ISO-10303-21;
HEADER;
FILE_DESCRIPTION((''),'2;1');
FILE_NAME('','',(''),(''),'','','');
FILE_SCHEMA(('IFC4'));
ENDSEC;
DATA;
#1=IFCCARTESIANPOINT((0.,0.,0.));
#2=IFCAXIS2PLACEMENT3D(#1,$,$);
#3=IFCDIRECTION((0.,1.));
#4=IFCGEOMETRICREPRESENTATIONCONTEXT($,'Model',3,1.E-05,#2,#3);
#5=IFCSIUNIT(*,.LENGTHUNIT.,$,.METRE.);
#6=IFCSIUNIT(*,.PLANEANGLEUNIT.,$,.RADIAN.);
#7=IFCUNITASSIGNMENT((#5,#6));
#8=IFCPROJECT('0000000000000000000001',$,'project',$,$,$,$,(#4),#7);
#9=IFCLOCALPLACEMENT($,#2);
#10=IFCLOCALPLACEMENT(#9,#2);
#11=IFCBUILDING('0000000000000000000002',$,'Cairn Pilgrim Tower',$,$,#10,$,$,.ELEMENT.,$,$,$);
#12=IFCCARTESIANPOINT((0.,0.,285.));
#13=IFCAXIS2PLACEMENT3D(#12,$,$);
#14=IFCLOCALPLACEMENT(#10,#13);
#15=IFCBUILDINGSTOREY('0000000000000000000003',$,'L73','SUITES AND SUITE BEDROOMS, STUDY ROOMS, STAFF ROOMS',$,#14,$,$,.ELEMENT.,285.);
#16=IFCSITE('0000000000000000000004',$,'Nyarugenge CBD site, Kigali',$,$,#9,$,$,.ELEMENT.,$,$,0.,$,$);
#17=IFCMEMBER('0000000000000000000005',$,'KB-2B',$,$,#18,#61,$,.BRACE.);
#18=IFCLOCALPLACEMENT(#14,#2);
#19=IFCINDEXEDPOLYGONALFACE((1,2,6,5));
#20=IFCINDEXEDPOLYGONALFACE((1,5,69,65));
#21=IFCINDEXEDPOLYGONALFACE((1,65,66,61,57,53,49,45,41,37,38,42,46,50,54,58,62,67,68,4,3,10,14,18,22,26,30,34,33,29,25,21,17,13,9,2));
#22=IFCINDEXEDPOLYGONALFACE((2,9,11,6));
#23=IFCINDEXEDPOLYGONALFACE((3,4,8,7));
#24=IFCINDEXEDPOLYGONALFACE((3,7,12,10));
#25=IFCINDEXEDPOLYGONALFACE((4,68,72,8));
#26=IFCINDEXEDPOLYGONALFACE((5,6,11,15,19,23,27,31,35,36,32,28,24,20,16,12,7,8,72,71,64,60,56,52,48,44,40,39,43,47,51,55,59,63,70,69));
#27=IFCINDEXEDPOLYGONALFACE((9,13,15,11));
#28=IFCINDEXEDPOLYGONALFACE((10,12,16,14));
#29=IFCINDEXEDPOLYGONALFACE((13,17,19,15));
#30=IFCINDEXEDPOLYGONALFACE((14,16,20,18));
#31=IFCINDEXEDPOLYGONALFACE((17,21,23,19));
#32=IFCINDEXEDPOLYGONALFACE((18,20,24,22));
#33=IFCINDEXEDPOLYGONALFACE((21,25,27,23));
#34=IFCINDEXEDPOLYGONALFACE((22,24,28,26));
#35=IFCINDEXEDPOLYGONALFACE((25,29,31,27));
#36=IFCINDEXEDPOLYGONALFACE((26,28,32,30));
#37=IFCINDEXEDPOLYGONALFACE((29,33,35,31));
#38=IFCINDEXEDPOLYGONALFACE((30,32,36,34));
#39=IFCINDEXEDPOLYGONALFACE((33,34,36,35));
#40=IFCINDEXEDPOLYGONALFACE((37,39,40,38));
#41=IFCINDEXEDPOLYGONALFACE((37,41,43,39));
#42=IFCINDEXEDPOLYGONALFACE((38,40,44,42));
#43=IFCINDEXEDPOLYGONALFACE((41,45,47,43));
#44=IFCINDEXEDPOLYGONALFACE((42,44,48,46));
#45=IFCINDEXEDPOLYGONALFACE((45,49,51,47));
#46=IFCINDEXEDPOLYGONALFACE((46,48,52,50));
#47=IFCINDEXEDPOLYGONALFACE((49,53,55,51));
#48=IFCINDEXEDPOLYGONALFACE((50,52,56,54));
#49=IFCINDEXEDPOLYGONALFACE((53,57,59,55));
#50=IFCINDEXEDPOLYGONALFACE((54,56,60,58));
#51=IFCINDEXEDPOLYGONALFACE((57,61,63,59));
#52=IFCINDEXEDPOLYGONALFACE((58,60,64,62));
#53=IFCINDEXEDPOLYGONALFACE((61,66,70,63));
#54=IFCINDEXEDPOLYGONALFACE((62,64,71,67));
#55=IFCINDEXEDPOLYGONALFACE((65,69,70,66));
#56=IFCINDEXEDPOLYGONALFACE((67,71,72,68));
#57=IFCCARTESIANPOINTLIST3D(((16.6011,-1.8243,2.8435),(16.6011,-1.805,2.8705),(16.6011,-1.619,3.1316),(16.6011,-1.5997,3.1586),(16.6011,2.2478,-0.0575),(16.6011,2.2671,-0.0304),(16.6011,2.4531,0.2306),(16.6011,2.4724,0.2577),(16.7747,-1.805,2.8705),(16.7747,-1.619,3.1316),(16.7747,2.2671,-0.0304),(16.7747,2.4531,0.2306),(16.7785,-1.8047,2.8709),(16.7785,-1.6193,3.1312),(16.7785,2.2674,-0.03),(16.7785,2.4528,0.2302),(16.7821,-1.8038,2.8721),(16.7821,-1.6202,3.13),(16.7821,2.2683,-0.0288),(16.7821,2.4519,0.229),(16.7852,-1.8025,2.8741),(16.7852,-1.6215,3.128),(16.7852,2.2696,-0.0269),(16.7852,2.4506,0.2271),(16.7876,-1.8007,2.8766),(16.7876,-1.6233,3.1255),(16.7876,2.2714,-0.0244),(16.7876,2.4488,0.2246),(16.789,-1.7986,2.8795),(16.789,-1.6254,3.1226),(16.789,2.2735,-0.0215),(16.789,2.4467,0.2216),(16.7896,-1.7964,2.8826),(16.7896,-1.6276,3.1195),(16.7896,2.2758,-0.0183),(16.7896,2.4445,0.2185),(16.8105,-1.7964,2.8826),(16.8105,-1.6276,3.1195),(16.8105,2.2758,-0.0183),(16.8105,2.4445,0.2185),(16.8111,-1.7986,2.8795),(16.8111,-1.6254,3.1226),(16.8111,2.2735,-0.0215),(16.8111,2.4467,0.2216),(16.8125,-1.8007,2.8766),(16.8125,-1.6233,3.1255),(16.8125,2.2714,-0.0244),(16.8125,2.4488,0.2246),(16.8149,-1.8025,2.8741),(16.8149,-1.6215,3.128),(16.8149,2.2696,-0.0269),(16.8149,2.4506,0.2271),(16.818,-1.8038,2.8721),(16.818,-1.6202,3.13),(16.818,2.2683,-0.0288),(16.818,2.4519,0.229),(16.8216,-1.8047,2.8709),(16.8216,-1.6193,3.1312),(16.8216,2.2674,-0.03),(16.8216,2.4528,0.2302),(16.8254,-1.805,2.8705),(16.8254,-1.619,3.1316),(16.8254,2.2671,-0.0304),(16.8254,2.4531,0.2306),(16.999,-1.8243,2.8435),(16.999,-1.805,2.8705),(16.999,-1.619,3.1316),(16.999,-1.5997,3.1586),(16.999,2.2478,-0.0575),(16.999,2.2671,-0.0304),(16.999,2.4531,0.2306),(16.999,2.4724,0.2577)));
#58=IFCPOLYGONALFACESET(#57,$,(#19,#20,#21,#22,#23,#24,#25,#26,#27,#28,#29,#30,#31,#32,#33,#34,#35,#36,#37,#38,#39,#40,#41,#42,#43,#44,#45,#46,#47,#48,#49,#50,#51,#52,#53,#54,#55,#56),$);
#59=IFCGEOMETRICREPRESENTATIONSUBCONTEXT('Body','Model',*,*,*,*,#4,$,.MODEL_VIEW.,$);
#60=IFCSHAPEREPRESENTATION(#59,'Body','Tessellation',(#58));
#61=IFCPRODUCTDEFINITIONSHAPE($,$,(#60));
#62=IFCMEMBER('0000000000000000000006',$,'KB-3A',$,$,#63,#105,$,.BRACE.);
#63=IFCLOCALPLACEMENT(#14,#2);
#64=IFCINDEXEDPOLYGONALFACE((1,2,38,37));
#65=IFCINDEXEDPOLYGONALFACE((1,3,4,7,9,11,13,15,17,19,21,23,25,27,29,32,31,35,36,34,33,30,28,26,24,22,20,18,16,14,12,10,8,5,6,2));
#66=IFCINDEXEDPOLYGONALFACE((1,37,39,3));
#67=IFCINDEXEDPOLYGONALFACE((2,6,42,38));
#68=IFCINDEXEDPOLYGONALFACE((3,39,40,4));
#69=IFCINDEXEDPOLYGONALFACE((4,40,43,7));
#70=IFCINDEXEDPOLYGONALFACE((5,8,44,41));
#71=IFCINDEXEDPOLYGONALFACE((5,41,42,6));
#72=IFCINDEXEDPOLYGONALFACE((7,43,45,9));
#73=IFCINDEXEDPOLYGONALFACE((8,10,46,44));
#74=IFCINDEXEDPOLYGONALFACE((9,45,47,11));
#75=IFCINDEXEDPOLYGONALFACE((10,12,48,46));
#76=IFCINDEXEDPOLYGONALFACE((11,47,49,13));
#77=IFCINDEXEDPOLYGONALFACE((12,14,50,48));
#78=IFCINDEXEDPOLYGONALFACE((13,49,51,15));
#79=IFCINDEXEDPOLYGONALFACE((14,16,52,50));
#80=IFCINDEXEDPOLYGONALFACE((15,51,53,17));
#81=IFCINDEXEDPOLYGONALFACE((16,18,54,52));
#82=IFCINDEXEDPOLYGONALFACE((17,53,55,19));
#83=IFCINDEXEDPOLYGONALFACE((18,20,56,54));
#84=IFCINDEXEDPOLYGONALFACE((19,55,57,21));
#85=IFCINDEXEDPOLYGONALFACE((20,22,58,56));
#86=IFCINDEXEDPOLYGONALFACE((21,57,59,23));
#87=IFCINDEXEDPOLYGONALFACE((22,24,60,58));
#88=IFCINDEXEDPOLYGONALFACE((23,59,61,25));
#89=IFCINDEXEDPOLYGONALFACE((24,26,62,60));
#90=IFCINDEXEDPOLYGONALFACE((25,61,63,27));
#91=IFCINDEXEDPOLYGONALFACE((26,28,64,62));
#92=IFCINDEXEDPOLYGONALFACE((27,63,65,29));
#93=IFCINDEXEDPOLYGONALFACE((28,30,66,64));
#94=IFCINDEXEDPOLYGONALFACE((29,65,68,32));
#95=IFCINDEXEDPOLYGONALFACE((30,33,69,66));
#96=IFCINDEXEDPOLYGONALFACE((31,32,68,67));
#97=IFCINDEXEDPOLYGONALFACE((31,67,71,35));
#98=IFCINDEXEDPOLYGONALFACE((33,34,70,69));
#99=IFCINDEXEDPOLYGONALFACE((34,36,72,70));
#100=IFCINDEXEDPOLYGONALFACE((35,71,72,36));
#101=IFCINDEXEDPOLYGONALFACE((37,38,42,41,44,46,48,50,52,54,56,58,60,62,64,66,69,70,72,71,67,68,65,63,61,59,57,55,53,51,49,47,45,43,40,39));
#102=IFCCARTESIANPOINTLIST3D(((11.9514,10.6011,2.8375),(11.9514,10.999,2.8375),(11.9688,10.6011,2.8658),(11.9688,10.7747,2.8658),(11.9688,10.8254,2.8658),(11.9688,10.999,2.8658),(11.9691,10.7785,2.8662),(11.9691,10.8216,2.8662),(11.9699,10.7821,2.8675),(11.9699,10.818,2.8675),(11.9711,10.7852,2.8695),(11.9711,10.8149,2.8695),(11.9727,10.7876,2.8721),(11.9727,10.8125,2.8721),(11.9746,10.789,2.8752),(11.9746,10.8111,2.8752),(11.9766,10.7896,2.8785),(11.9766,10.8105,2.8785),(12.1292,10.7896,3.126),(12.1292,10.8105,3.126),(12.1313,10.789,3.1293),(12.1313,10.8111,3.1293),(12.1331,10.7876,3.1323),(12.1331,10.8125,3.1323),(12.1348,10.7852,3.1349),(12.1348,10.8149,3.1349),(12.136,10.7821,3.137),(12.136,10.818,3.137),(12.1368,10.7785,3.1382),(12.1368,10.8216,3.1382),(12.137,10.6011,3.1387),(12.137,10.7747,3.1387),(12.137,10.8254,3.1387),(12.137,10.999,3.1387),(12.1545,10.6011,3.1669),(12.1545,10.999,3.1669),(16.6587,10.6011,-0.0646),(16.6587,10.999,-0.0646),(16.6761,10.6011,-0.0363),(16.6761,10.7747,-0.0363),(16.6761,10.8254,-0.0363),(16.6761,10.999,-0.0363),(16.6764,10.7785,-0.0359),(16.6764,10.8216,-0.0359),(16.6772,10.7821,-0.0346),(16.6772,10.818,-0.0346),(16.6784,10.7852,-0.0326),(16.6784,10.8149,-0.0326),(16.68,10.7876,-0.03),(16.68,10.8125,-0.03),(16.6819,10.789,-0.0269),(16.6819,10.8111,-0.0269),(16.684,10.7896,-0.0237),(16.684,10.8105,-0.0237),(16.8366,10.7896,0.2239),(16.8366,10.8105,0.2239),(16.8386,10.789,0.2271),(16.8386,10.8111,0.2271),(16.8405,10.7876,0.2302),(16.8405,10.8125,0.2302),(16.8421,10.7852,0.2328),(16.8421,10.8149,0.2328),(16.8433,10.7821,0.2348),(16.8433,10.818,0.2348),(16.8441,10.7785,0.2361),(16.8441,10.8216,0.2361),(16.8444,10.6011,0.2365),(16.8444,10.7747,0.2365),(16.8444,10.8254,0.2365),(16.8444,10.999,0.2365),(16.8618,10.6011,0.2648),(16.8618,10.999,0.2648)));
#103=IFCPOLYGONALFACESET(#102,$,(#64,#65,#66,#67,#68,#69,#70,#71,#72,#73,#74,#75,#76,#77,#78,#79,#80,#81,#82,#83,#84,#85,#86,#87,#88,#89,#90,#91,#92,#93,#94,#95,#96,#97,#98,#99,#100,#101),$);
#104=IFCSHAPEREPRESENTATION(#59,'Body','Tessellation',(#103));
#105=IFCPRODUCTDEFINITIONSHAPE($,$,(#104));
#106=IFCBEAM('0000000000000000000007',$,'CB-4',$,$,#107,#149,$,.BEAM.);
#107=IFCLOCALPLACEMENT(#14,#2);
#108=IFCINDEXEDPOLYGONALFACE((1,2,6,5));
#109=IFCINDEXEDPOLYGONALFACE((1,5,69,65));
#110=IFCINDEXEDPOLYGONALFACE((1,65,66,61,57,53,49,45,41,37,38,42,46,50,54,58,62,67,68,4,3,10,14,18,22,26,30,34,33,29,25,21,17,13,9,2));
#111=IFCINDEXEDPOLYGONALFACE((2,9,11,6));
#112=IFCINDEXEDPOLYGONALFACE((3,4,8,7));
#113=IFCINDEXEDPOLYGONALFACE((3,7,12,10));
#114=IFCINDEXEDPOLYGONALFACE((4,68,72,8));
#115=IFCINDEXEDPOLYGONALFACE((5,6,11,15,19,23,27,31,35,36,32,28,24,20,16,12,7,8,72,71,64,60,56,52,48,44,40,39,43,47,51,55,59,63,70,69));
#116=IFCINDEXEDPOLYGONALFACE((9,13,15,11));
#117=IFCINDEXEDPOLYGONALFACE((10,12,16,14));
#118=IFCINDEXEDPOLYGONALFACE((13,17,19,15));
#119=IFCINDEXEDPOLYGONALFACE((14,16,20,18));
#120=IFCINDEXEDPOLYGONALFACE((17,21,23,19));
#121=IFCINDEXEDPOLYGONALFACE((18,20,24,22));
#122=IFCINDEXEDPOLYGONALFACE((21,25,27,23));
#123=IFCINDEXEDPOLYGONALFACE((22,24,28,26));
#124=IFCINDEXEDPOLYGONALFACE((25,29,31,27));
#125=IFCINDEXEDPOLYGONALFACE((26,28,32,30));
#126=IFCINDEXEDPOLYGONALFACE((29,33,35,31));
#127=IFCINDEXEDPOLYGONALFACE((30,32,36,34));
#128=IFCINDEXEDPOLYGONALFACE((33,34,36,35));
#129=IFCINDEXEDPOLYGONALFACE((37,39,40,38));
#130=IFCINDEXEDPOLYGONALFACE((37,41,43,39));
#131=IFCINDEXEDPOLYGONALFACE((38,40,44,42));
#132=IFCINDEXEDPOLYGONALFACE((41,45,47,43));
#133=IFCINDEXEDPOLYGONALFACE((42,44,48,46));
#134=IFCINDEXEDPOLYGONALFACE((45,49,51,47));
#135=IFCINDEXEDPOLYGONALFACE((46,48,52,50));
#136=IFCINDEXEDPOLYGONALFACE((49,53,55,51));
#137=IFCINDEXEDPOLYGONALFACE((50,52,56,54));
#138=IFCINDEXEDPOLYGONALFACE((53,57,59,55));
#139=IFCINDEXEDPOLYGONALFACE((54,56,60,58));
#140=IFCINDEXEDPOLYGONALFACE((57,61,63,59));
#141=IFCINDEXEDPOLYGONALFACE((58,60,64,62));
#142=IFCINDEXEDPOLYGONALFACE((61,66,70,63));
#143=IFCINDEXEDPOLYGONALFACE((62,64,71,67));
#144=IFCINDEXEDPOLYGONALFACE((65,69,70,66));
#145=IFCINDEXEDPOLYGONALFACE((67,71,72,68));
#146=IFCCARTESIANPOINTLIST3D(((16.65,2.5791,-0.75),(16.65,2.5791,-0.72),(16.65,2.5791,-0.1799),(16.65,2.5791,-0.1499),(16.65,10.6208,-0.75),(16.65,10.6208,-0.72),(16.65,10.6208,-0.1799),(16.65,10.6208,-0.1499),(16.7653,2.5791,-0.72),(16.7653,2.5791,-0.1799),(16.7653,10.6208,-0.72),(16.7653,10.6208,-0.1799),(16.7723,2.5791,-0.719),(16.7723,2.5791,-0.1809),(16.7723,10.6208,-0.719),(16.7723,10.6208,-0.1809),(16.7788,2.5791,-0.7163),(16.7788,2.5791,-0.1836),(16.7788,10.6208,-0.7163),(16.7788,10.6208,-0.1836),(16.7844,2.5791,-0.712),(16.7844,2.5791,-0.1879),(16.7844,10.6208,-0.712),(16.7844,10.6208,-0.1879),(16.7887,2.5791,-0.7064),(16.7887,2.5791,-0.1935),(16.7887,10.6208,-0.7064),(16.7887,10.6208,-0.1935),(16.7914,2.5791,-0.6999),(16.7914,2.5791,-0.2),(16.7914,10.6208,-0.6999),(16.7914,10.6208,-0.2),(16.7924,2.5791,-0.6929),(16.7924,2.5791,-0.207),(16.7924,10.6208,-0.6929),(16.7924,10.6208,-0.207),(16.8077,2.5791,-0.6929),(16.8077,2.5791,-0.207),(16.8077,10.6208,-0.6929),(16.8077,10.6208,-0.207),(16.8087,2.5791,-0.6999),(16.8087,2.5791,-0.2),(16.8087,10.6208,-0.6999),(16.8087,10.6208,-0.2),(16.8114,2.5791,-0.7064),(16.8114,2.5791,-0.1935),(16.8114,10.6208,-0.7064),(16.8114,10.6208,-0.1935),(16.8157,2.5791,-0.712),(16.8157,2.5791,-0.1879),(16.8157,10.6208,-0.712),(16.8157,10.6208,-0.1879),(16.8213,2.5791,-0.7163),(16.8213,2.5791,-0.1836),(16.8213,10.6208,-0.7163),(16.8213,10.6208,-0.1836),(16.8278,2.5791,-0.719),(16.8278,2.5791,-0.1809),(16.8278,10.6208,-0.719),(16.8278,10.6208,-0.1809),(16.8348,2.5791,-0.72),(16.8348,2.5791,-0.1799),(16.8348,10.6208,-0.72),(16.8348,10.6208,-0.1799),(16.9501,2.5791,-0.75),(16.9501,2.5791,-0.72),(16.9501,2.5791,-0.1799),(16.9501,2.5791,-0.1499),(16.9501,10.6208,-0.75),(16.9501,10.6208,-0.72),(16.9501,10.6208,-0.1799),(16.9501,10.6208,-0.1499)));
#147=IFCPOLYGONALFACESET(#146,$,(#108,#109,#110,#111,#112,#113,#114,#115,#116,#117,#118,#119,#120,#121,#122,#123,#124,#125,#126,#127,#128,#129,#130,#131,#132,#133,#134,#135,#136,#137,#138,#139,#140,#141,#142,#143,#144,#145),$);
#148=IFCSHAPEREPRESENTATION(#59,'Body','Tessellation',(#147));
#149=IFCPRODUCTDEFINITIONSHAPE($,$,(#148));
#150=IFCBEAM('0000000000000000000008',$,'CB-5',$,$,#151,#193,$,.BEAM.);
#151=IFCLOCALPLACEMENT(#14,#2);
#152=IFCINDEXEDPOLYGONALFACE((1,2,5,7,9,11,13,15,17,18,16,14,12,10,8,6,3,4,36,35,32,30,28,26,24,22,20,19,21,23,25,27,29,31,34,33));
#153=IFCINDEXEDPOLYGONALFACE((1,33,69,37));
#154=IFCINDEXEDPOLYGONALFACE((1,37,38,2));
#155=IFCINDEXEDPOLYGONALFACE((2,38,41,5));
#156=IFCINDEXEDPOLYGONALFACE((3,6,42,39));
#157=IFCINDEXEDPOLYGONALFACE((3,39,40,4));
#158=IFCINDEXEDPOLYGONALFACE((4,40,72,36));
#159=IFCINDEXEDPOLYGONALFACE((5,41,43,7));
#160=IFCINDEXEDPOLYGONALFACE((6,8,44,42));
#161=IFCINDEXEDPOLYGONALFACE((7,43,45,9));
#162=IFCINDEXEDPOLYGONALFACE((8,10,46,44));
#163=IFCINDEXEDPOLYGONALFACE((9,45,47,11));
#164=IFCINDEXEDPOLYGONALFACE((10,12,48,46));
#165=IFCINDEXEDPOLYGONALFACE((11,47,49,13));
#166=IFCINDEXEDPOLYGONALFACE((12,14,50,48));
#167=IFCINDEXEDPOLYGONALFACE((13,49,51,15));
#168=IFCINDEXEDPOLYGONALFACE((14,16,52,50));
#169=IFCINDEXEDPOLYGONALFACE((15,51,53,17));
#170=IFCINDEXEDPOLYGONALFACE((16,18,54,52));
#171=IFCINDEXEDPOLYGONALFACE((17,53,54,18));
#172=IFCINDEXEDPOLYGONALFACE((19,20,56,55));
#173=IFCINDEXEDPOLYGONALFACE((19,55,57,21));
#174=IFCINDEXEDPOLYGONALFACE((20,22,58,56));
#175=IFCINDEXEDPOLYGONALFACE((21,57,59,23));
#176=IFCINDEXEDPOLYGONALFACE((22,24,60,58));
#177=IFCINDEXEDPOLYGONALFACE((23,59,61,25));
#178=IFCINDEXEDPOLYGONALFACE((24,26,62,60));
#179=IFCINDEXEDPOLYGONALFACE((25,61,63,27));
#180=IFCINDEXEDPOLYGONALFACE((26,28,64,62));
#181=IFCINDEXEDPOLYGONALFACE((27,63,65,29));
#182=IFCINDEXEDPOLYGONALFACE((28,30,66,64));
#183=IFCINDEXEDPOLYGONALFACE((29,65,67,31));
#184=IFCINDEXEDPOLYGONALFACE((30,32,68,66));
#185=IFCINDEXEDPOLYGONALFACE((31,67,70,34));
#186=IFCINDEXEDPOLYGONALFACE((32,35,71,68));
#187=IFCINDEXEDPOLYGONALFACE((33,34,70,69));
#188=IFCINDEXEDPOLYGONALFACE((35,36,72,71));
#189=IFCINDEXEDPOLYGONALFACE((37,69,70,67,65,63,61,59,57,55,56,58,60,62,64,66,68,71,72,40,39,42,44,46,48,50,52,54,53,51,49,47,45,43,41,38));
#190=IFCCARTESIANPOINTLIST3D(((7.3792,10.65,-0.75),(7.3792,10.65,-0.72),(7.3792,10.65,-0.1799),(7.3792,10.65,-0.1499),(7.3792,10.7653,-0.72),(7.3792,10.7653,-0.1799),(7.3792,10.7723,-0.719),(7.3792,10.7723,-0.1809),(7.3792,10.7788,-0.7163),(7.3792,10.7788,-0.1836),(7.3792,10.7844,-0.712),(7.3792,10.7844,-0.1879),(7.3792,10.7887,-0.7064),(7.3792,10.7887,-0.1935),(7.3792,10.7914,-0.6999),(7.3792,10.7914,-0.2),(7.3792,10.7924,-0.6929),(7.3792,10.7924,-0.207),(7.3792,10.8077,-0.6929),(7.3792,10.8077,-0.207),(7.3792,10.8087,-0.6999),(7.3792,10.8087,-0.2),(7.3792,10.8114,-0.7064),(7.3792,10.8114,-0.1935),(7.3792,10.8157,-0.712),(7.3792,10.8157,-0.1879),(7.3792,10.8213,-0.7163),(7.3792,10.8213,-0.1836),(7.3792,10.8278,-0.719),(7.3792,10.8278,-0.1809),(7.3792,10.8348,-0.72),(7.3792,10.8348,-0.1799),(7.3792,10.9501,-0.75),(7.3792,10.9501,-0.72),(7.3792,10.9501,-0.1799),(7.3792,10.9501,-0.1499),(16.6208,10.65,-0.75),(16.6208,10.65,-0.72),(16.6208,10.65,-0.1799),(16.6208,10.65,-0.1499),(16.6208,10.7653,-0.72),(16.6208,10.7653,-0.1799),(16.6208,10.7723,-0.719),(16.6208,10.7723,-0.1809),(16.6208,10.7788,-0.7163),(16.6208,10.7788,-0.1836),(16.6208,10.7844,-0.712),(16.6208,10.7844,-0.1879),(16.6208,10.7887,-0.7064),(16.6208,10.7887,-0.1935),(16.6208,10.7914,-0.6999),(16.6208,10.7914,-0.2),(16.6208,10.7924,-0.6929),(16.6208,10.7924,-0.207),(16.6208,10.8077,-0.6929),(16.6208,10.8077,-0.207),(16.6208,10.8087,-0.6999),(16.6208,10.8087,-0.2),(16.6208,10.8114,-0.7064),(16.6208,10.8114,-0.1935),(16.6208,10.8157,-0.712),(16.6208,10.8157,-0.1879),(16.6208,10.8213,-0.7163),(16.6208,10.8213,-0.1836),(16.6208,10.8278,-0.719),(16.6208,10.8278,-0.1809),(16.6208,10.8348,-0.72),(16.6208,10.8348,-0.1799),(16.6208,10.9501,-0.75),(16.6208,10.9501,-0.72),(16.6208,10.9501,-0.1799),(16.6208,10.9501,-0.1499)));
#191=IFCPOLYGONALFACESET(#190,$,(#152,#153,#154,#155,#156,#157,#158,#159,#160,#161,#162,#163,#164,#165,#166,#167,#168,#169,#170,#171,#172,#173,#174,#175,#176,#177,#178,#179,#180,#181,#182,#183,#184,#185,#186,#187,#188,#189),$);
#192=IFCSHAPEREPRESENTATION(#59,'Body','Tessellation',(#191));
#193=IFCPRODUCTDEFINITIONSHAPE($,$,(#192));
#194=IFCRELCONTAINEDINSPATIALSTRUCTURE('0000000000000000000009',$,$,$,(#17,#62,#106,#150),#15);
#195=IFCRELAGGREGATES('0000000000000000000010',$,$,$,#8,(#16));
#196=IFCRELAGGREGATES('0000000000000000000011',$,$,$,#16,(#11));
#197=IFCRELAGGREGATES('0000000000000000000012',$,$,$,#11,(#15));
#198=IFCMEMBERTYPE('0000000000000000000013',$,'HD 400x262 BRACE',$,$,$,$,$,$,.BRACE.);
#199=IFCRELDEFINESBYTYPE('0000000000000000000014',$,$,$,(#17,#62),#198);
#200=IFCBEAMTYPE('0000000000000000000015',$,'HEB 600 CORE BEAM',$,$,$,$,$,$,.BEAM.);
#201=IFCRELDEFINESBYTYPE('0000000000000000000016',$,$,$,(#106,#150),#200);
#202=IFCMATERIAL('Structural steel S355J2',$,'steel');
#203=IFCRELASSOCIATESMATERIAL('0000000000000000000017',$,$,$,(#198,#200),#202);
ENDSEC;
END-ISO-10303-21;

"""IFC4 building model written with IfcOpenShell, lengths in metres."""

from ifc_helpers import new_model, si_unit, direction, frame, origin, origin_2d, place, context, subcontext, project, spatial, i_section, extrude, material, material_profile, profile_set, type_object, element, save


model = new_model("IFC4")

# Units and contexts
model_context = context("Model", 3, precision=1e-05, world=origin(), true_north=direction((0.0, 1.0)))
body_context = subcontext(model_context, "Body", "Model", "MODEL_VIEW")
ifc_project = project(units=[si_unit("LENGTHUNIT", "METRE"), si_unit("PLANEANGLEUNIT", "RADIAN")], contexts=[model_context])

# Site, building, storey
site_placement = place(None, origin())
site = spatial("IfcSite", under=ifc_project, at=site_placement, Name="Nyarugenge CBD site, Kigali", CompositionType="ELEMENT", RefElevation=0.0)
building_placement = place(site_placement, origin())
building = spatial("IfcBuilding", under=site, at=building_placement, Name="Cairn Pilgrim Tower", CompositionType="ELEMENT")
storey_placement = place(building_placement, frame((0.0, 0.0, 285.0)))
storey = spatial("IfcBuildingStorey", under=building, at=storey_placement, Name="L73", Description="SUITES AND SUITE BEDROOMS, STUDY ROOMS, STAFF ROOMS", CompositionType="ELEMENT", Elevation=285.0)

# Shared definitions
ifc_material_1 = material(Name="Structural steel S355J2", Category="steel")

# Members
ifc_material_profile_1 = material_profile(ifc_material_1, i_section(OverallWidth=0.3979, OverallDepth=0.387, WebThickness=0.021, FlangeThickness=0.0332, FilletRadius=0.0149, at=origin_2d()), Name="HD 400x262")
ifc_profile_set_1 = profile_set([ifc_material_profile_1], Name="Structural steel S355J2")
member_type = type_object("IfcMemberType", Name="HD 400x262 BRACE", PredefinedType="BRACE", material=ifc_profile_set_1)
member_1_placement = place(storey_placement, frame((16.8, 2.3601, 0.1001), z_axis=(0.0, -0.814462, 0.580217), x_axis=(1.0, 0.0, 0.0)))
element("IfcMember", 1, at=member_1_placement, inside=storey, type_object=member_type, Name="KB-2B", PredefinedType="BRACE", context=body_context, shape_type="SweptSolid", body=[
    extrude(i_section(OverallWidth=0.3979, OverallDepth=0.387, WebThickness=0.021, FlangeThickness=0.0332, FilletRadius=0.0149, at=origin_2d()), origin(), (0.0, 0.0, 1.0), 4.9998),
])
member_2_placement = place(storey_placement, frame((16.7603, 10.8, 0.1001), z_axis=(-0.851229, 0.0, 0.524794), x_axis=(0.0, -1.0, 0.0)))
element("IfcMember", 2, at=member_2_placement, inside=storey, type_object=member_type, Name="KB-3A", PredefinedType="BRACE", context=body_context, shape_type="SweptSolid", body=[
    extrude(i_section(OverallWidth=0.3979, OverallDepth=0.387, WebThickness=0.021, FlangeThickness=0.0332, FilletRadius=0.0149, at=origin_2d()), origin(), (0.0, 0.0, 1.0), 5.53),
])

# Beams
ifc_material_profile_2 = material_profile(ifc_material_1, i_section(OverallWidth=0.3, OverallDepth=0.6001, WebThickness=0.0154, FlangeThickness=0.03, FilletRadius=0.0271, at=origin_2d()), Name="HEB 600")
ifc_profile_set_2 = profile_set([ifc_material_profile_2], Name="Structural steel S355J2")
beam_type_1 = type_object("IfcBeamType", Name="HEB 600 CORE BEAM", PredefinedType="BEAM", material=ifc_profile_set_2)
beam_1_placement = place(storey_placement, frame((16.8, 2.5791, -0.45), z_axis=(0.0, 1.0, 0.0), x_axis=(-1.0, 0.0, 0.0)))
element("IfcBeam", 3, at=beam_1_placement, inside=storey, type_object=beam_type_1, Name="CB-4", PredefinedType="BEAM", context=body_context, shape_type="SweptSolid", body=[
    extrude(i_section(OverallWidth=0.3, OverallDepth=0.6001, WebThickness=0.0154, FlangeThickness=0.03, FilletRadius=0.0271, at=origin_2d()), origin(), (0.0, 0.0, 1.0), 8.0417),
])
beam_2_placement = place(storey_placement, frame((16.6208, 10.8, -0.45), z_axis=(-1.0, 0.0, 0.0), x_axis=(0.0, -1.0, 0.0)))
element("IfcBeam", 4, at=beam_2_placement, inside=storey, type_object=beam_type_1, Name="CB-5", PredefinedType="BEAM", context=body_context, shape_type="SweptSolid", body=[
    extrude(i_section(OverallWidth=0.3, OverallDepth=0.6001, WebThickness=0.0154, FlangeThickness=0.03, FilletRadius=0.0271, at=origin_2d()), origin(), (0.0, 0.0, 1.0), 9.2417),
])

save(model, "model.ifc")
